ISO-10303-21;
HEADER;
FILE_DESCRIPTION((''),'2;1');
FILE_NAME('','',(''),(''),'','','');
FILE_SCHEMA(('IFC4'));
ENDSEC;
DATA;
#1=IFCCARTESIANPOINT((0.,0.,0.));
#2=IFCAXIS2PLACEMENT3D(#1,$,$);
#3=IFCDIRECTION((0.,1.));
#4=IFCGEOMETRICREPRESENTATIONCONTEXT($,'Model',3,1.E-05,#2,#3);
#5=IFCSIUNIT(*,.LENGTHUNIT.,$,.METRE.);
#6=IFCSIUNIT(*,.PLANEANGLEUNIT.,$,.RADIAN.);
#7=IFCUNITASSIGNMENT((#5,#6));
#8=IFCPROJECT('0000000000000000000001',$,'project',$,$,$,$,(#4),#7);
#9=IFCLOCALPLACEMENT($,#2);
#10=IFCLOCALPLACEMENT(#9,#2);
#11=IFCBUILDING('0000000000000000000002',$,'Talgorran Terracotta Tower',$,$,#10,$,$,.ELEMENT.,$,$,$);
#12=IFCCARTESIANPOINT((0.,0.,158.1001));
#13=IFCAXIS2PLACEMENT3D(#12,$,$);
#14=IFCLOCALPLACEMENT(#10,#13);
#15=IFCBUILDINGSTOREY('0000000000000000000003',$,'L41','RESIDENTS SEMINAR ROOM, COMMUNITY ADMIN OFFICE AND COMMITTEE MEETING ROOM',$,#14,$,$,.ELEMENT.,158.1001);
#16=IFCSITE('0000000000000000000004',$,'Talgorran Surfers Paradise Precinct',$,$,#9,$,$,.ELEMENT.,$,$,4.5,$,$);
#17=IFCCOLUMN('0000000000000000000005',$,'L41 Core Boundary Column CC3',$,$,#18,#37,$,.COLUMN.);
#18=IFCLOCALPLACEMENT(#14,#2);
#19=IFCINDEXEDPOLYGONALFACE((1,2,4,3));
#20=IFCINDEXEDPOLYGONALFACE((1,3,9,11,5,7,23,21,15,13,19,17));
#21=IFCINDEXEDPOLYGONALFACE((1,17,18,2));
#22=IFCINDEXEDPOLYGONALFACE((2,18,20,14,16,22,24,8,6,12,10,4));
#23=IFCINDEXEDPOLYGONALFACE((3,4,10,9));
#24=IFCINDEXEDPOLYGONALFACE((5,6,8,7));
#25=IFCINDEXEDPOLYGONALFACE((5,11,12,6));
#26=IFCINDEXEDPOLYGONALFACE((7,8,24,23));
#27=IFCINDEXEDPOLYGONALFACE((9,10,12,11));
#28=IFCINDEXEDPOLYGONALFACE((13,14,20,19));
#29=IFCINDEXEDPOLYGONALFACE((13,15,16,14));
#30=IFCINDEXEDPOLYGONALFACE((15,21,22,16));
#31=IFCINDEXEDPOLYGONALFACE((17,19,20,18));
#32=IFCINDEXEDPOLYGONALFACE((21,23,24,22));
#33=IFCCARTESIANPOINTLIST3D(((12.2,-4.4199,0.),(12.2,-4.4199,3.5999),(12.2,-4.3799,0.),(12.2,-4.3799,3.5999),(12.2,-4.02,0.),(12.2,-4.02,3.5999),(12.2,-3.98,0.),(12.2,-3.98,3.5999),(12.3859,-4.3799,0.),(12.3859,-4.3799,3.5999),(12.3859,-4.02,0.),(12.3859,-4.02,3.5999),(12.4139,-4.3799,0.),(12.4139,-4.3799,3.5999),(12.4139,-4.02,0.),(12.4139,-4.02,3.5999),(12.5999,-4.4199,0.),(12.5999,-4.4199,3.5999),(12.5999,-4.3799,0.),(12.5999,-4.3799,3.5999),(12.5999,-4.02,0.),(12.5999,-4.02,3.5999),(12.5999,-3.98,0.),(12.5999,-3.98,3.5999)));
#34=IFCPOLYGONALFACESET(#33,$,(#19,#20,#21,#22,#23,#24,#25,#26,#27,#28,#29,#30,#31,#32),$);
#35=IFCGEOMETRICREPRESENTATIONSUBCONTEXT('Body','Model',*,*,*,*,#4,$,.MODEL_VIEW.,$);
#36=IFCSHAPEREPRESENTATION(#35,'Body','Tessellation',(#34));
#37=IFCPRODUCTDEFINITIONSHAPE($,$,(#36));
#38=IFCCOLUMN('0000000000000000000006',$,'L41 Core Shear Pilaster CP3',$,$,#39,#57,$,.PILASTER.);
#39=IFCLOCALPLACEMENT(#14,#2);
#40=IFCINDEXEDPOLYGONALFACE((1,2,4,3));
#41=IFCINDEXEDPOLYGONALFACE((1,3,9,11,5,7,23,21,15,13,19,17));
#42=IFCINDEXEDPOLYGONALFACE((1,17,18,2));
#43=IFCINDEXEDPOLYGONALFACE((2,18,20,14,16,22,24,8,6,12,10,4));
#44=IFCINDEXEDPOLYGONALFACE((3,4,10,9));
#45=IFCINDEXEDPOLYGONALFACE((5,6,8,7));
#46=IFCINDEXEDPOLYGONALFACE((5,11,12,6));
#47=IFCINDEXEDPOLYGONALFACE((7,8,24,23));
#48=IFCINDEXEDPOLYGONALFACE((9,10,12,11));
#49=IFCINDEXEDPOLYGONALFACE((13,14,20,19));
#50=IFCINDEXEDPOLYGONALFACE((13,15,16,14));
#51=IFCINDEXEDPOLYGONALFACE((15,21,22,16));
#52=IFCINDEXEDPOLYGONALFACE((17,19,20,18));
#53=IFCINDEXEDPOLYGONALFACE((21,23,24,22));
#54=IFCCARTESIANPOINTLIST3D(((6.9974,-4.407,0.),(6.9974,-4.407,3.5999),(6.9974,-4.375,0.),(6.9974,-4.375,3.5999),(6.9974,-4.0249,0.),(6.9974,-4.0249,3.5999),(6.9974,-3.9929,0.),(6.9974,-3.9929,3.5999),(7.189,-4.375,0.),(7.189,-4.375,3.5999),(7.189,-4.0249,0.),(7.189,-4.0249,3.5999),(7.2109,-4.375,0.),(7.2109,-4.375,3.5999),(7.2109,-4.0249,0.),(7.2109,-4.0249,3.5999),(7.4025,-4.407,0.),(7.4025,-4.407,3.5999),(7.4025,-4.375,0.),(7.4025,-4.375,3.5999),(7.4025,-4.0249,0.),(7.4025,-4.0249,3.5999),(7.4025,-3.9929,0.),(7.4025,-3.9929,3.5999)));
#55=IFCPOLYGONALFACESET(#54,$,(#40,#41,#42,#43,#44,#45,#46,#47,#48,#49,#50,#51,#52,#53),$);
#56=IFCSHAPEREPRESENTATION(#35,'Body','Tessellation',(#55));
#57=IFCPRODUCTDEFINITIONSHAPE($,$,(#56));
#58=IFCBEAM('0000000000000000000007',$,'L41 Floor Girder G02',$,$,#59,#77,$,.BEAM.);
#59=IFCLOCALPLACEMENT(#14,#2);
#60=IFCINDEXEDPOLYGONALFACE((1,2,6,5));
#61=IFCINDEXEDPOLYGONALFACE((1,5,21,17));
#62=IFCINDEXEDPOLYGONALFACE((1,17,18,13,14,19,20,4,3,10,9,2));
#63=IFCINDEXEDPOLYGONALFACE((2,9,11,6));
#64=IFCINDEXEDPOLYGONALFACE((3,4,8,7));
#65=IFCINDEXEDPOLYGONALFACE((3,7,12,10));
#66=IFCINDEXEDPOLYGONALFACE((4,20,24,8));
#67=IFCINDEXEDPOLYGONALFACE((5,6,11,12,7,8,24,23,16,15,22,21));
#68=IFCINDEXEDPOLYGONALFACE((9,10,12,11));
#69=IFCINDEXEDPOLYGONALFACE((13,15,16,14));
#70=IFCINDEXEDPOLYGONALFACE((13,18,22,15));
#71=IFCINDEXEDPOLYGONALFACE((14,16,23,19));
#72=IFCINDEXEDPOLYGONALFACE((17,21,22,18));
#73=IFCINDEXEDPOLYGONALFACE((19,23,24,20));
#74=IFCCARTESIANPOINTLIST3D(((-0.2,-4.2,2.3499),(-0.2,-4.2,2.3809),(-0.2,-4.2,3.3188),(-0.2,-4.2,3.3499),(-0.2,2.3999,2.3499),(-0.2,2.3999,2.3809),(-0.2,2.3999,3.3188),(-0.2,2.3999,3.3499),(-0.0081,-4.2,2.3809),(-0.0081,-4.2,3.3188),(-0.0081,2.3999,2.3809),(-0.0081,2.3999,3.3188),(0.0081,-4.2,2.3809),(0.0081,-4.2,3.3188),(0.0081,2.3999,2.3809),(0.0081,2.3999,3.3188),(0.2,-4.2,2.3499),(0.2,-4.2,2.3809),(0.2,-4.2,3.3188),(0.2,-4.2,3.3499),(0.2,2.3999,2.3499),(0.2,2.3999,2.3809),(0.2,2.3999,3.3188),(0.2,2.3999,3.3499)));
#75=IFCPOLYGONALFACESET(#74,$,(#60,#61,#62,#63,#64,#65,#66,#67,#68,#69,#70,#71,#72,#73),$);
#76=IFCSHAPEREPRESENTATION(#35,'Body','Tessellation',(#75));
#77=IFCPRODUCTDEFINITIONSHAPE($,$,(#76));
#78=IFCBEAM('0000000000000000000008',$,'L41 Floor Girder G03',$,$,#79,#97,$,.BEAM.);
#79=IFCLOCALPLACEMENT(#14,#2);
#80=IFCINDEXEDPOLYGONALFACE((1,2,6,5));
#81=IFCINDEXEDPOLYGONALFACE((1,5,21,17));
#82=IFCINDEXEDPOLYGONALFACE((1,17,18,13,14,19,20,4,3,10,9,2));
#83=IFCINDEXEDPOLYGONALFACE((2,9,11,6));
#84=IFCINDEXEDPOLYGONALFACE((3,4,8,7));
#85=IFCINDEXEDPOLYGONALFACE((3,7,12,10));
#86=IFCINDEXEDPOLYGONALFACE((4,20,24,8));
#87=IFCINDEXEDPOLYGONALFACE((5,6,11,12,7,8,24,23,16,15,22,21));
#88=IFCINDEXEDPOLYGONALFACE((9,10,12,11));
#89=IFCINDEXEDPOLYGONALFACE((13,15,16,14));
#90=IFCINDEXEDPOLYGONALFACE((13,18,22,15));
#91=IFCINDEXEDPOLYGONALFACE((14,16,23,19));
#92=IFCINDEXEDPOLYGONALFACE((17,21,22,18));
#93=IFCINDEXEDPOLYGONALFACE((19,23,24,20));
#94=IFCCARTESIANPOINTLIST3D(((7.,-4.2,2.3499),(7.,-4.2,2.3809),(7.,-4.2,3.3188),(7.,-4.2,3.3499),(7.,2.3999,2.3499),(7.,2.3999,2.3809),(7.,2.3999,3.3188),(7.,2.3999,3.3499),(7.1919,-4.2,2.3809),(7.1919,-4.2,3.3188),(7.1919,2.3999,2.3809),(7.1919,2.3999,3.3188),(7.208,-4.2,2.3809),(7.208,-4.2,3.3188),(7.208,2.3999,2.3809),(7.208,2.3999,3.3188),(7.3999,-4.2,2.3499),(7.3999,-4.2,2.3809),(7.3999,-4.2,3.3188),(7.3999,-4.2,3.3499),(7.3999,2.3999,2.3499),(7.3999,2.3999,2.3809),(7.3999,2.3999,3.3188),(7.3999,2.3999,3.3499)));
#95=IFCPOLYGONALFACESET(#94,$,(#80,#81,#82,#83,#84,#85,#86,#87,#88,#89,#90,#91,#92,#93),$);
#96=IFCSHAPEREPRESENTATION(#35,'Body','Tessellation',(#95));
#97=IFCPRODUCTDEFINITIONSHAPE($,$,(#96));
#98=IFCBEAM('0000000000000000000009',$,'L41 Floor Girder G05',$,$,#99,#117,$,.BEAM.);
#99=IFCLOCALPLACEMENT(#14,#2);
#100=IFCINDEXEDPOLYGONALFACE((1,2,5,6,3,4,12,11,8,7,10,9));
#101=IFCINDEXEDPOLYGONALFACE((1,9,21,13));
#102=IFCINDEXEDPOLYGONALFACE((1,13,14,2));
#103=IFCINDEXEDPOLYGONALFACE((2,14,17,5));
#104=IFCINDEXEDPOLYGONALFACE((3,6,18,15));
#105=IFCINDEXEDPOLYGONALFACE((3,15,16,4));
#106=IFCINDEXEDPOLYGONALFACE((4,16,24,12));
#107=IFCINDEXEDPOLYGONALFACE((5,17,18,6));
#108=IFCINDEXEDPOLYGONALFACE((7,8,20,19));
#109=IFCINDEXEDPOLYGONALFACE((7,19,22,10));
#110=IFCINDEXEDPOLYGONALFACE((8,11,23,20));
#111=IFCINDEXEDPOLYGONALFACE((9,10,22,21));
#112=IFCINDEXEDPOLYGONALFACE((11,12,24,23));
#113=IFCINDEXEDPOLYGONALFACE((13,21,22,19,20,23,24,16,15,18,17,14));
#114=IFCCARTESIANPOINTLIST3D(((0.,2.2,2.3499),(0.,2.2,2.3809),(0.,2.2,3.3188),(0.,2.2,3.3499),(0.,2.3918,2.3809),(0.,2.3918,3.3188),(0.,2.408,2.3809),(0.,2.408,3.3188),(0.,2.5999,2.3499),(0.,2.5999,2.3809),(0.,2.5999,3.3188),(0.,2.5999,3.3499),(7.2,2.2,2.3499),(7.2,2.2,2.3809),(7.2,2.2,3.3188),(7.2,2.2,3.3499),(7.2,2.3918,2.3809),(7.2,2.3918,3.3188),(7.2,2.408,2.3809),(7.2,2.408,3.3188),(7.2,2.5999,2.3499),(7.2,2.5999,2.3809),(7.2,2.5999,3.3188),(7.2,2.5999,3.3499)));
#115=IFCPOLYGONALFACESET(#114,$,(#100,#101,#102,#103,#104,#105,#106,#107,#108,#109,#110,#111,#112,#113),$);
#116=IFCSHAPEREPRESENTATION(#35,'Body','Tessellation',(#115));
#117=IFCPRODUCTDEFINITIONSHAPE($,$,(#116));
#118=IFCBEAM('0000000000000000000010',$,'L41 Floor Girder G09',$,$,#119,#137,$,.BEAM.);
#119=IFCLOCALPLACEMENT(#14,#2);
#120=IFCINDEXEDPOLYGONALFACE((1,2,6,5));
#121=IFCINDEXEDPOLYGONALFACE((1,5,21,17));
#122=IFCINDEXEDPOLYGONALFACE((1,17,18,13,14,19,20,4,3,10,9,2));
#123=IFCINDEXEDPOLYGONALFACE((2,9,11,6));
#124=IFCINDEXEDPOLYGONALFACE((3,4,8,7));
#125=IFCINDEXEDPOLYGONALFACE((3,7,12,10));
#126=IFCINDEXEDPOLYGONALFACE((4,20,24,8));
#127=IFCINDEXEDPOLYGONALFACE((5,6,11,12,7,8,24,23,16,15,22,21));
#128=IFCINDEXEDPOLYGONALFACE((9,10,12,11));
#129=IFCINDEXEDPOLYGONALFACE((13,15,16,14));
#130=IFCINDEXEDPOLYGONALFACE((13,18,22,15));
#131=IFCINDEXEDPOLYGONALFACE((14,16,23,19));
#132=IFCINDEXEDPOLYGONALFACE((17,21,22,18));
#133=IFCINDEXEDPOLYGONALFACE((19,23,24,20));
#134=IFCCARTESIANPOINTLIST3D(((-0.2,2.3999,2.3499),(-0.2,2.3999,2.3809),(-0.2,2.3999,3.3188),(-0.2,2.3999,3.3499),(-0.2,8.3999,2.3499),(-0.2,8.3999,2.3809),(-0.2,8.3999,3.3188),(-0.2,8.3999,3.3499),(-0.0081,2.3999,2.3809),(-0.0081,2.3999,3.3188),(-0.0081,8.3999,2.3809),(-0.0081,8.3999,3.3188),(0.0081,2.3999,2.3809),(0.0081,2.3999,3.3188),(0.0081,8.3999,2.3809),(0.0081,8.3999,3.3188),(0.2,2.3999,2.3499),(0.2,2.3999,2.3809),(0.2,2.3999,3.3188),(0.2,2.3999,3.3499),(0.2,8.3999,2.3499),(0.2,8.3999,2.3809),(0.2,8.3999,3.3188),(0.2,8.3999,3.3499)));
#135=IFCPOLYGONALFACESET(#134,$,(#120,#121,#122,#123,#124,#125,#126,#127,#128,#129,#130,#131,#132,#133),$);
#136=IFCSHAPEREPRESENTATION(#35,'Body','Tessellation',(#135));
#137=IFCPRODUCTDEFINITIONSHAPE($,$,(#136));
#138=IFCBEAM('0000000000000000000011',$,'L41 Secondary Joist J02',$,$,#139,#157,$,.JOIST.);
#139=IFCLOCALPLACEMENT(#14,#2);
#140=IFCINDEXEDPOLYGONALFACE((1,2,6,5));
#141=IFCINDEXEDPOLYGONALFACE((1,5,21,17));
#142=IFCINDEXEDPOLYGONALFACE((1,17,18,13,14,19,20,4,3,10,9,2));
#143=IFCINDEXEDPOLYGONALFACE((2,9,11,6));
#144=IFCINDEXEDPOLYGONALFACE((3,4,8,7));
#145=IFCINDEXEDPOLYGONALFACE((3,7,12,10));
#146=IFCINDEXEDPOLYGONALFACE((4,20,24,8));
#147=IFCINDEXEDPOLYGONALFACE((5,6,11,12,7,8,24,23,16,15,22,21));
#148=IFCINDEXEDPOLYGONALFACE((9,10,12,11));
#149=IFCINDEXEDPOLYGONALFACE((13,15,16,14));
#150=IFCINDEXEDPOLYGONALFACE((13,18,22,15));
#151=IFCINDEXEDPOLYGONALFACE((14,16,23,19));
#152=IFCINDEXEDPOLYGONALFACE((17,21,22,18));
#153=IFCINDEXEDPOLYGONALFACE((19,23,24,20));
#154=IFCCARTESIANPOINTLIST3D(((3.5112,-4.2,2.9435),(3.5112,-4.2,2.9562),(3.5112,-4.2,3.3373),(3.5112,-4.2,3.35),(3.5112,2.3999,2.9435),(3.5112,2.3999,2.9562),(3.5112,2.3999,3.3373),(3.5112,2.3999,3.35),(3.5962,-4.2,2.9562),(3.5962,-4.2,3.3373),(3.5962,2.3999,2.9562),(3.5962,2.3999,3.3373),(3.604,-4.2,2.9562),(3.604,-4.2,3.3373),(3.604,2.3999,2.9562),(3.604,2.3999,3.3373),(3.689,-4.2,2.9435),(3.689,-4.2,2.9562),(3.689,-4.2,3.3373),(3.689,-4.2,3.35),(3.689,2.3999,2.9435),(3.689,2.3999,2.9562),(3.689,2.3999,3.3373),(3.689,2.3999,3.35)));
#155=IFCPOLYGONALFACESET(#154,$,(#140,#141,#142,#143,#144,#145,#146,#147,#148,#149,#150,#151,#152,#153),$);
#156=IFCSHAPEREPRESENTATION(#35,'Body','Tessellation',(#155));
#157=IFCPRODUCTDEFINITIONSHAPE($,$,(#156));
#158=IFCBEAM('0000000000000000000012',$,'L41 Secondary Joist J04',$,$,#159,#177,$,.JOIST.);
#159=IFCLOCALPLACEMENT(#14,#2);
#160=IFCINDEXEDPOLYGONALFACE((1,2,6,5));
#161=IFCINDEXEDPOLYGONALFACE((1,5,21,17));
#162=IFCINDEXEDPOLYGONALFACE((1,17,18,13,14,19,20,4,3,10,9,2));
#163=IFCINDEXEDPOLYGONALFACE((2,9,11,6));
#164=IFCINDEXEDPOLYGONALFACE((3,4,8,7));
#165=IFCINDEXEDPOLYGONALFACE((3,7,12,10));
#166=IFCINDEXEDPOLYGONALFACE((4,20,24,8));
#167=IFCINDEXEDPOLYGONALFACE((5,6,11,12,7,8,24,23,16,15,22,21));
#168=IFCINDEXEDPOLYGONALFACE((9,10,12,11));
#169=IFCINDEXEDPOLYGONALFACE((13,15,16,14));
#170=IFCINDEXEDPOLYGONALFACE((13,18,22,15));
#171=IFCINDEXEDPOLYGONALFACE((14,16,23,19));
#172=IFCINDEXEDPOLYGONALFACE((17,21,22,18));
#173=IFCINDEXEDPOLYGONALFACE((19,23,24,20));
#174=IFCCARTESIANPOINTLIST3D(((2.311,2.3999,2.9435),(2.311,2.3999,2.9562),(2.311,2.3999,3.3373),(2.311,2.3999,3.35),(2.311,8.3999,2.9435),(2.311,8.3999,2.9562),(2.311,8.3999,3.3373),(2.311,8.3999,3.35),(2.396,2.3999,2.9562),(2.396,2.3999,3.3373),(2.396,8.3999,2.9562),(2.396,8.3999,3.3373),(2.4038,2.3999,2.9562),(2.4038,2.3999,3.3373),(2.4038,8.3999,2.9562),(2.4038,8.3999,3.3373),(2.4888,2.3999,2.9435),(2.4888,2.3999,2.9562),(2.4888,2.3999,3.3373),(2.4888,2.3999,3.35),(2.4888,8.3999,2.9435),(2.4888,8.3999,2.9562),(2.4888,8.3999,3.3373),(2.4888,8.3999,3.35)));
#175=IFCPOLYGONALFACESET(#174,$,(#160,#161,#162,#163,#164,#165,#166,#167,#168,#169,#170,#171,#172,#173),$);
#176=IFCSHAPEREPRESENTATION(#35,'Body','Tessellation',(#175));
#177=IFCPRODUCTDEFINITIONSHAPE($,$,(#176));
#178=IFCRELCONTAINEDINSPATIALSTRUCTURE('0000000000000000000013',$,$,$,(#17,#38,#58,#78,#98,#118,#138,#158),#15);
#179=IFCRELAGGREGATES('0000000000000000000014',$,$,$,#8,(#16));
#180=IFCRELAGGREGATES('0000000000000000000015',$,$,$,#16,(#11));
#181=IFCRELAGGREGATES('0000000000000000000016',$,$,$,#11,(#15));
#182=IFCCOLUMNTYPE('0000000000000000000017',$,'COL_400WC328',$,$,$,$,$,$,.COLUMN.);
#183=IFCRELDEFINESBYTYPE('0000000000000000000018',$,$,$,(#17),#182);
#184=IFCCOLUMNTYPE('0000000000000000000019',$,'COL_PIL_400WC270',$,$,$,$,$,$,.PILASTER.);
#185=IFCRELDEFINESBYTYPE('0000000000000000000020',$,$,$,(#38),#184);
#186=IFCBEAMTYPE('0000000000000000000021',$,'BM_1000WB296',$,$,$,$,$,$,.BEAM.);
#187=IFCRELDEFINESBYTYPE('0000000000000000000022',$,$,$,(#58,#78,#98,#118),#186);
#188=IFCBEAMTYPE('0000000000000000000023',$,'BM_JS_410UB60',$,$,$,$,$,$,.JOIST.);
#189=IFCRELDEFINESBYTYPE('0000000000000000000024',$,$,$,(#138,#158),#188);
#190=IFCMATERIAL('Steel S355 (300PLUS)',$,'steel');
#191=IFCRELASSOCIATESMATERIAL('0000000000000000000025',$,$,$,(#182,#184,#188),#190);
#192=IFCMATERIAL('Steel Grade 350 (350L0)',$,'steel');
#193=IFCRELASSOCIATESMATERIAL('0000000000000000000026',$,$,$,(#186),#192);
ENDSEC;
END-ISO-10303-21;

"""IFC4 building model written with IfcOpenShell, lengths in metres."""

from ifc_helpers import new_model, si_unit, direction, frame, origin, origin_2d, place, context, subcontext, project, spatial, i_section, extrude, material, material_profile, profile_set, type_object, element, save


model = new_model("IFC4")

# Units and contexts
model_context = context("Model", 3, precision=1e-05, world=origin(), true_north=direction((0.0, 1.0)))
body_context = subcontext(model_context, "Body", "Model", "MODEL_VIEW")
ifc_project = project(units=[si_unit("LENGTHUNIT", "METRE"), si_unit("PLANEANGLEUNIT", "RADIAN")], contexts=[model_context])

# Site, building, storey
site_placement = place(None, origin())
site = spatial("IfcSite", under=ifc_project, at=site_placement, Name="Talgorran Surfers Paradise Precinct", CompositionType="ELEMENT", RefElevation=4.5)
building_placement = place(site_placement, origin())
building = spatial("IfcBuilding", under=site, at=building_placement, Name="Talgorran Terracotta Tower", CompositionType="ELEMENT")
storey_placement = place(building_placement, frame((0.0, 0.0, 158.1001)))
storey = spatial("IfcBuildingStorey", under=building, at=storey_placement, Name="L41", Description="RESIDENTS SEMINAR ROOM, COMMUNITY ADMIN OFFICE AND COMMITTEE MEETING ROOM", CompositionType="ELEMENT", Elevation=158.1001)

# Columns
ifc_material_1 = material(Name="Steel S355 (300PLUS)", Category="steel")
ifc_material_profile_1 = material_profile(ifc_material_1, i_section(OverallWidth=0.3999, OverallDepth=0.4399, WebThickness=0.0281, FlangeThickness=0.04, at=origin_2d()), Name="400WC328")
ifc_profile_set_1 = profile_set([ifc_material_profile_1], Name="Steel S355 (300PLUS)")
column_type_1 = type_object("IfcColumnType", Name="COL_400WC328", PredefinedType="COLUMN", material=ifc_profile_set_1)
column_1_placement = place(storey_placement, frame((12.3999, -4.2, 0.0), z_axis=(0.0, 0.0, 1.0), x_axis=(1.0, 0.0, 0.0)))
element("IfcColumn", 1, at=column_1_placement, inside=storey, type_object=column_type_1, Name="L41 Core Boundary Column CC3", PredefinedType="COLUMN", context=body_context, shape_type="SweptSolid", body=[
    extrude(i_section(OverallWidth=0.3999, OverallDepth=0.4399, WebThickness=0.0281, FlangeThickness=0.04, at=origin_2d()), origin(), (0.0, 0.0, 1.0), 3.5999),
])
ifc_material_profile_2 = material_profile(ifc_material_1, i_section(OverallWidth=0.405, OverallDepth=0.4141, WebThickness=0.022, FlangeThickness=0.032, at=origin_2d()), Name="400WC270")
ifc_profile_set_2 = profile_set([ifc_material_profile_2], Name="Steel S355 (300PLUS)")
column_type_2 = type_object("IfcColumnType", Name="COL_PIL_400WC270", PredefinedType="PILASTER", material=ifc_profile_set_2)
column_2_placement = place(storey_placement, frame((7.2, -4.2, 0.0), z_axis=(0.0, 0.0, 1.0), x_axis=(1.0, 0.0, 0.0)))
element("IfcColumn", 2, at=column_2_placement, inside=storey, type_object=column_type_2, Name="L41 Core Shear Pilaster CP3", PredefinedType="PILASTER", context=body_context, shape_type="SweptSolid", body=[
    extrude(i_section(OverallWidth=0.405, OverallDepth=0.4141, WebThickness=0.022, FlangeThickness=0.032, at=origin_2d()), origin(), (0.0, 0.0, 1.0), 3.5999),
])

# Beams
ifc_material_2 = material(Name="Steel Grade 350 (350L0)", Category="steel")
ifc_material_profile_3 = material_profile(ifc_material_2, i_section(OverallWidth=0.3999, OverallDepth=1.0, WebThickness=0.0161, FlangeThickness=0.031, at=origin_2d()), Name="1000WB296")
ifc_profile_set_3 = profile_set([ifc_material_profile_3], Name="Steel Grade 350 (350L0)")
beam_type_1 = type_object("IfcBeamType", Name="BM_1000WB296", PredefinedType="BEAM", material=ifc_profile_set_3)
for number, where, z_axis, x_axis, name in (
    (3, (0.0, -4.2, 2.8499), (0.0, 1.0, 0.0), (-1.0, 0.0, 0.0), "L41 Floor Girder G02"),
    (4, (7.2, -4.2, 2.8499), (0.0, 1.0, 0.0), (-1.0, 0.0, 0.0), "L41 Floor Girder G03"),
):
    element("IfcBeam", number, at=place(storey_placement, frame(where, z_axis=z_axis, x_axis=x_axis)), inside=storey, type_object=beam_type_1, Name=name, PredefinedType="BEAM", context=body_context, shape_type="SweptSolid", body=[
        extrude(i_section(OverallWidth=0.3999, OverallDepth=1.0, WebThickness=0.0161, FlangeThickness=0.031, at=origin_2d()), origin(), (0.0, 0.0, 1.0), 6.5999),
    ])
beam_1_placement = place(storey_placement, frame((0.0, 2.3999, 2.8499), z_axis=(1.0, 0.0, 0.0), x_axis=(0.0, 1.0, 0.0)))
element("IfcBeam", 5, at=beam_1_placement, inside=storey, type_object=beam_type_1, Name="L41 Floor Girder G05", PredefinedType="BEAM", context=body_context, shape_type="SweptSolid", body=[
    extrude(i_section(OverallWidth=0.3999, OverallDepth=1.0, WebThickness=0.0161, FlangeThickness=0.031, at=origin_2d()), origin(), (0.0, 0.0, 1.0), 7.2),
])
beam_2_placement = place(storey_placement, frame((0.0, 2.3999, 2.8499), z_axis=(0.0, 1.0, 0.0), x_axis=(-1.0, 0.0, 0.0)))
element("IfcBeam", 6, at=beam_2_placement, inside=storey, type_object=beam_type_1, Name="L41 Floor Girder G09", PredefinedType="BEAM", context=body_context, shape_type="SweptSolid", body=[
    extrude(i_section(OverallWidth=0.3999, OverallDepth=1.0, WebThickness=0.0161, FlangeThickness=0.031, at=origin_2d()), origin(), (0.0, 0.0, 1.0), 6.0),
])
ifc_material_profile_4 = material_profile(ifc_material_1, i_section(OverallWidth=0.1777, OverallDepth=0.4065, WebThickness=0.0078, FlangeThickness=0.0127, at=origin_2d()), Name="410UB59.7")
ifc_profile_set_4 = profile_set([ifc_material_profile_4], Name="Steel S355 (300PLUS)")
beam_type_2 = type_object("IfcBeamType", Name="BM_JS_410UB60", PredefinedType="JOIST", material=ifc_profile_set_4)
beam_3_placement = place(storey_placement, frame((3.6001, -4.2, 3.1467), z_axis=(0.0, 1.0, 0.0), x_axis=(-1.0, 0.0, 0.0)))
element("IfcBeam", 7, at=beam_3_placement, inside=storey, type_object=beam_type_2, Name="L41 Secondary Joist J02", PredefinedType="JOIST", context=body_context, shape_type="SweptSolid", body=[
    extrude(i_section(OverallWidth=0.1777, OverallDepth=0.4065, WebThickness=0.0078, FlangeThickness=0.0127, at=origin_2d()), origin(), (0.0, 0.0, 1.0), 6.5999),
])
beam_4_placement = place(storey_placement, frame((2.3999, 2.3999, 3.1467), z_axis=(0.0, 1.0, 0.0), x_axis=(-1.0, 0.0, 0.0)))
element("IfcBeam", 8, at=beam_4_placement, inside=storey, type_object=beam_type_2, Name="L41 Secondary Joist J04", PredefinedType="JOIST", context=body_context, shape_type="SweptSolid", body=[
    extrude(i_section(OverallWidth=0.1777, OverallDepth=0.4065, WebThickness=0.0078, FlangeThickness=0.0127, at=origin_2d()), origin(), (0.0, 0.0, 1.0), 6.0),
])

save(model, "model.ifc")
